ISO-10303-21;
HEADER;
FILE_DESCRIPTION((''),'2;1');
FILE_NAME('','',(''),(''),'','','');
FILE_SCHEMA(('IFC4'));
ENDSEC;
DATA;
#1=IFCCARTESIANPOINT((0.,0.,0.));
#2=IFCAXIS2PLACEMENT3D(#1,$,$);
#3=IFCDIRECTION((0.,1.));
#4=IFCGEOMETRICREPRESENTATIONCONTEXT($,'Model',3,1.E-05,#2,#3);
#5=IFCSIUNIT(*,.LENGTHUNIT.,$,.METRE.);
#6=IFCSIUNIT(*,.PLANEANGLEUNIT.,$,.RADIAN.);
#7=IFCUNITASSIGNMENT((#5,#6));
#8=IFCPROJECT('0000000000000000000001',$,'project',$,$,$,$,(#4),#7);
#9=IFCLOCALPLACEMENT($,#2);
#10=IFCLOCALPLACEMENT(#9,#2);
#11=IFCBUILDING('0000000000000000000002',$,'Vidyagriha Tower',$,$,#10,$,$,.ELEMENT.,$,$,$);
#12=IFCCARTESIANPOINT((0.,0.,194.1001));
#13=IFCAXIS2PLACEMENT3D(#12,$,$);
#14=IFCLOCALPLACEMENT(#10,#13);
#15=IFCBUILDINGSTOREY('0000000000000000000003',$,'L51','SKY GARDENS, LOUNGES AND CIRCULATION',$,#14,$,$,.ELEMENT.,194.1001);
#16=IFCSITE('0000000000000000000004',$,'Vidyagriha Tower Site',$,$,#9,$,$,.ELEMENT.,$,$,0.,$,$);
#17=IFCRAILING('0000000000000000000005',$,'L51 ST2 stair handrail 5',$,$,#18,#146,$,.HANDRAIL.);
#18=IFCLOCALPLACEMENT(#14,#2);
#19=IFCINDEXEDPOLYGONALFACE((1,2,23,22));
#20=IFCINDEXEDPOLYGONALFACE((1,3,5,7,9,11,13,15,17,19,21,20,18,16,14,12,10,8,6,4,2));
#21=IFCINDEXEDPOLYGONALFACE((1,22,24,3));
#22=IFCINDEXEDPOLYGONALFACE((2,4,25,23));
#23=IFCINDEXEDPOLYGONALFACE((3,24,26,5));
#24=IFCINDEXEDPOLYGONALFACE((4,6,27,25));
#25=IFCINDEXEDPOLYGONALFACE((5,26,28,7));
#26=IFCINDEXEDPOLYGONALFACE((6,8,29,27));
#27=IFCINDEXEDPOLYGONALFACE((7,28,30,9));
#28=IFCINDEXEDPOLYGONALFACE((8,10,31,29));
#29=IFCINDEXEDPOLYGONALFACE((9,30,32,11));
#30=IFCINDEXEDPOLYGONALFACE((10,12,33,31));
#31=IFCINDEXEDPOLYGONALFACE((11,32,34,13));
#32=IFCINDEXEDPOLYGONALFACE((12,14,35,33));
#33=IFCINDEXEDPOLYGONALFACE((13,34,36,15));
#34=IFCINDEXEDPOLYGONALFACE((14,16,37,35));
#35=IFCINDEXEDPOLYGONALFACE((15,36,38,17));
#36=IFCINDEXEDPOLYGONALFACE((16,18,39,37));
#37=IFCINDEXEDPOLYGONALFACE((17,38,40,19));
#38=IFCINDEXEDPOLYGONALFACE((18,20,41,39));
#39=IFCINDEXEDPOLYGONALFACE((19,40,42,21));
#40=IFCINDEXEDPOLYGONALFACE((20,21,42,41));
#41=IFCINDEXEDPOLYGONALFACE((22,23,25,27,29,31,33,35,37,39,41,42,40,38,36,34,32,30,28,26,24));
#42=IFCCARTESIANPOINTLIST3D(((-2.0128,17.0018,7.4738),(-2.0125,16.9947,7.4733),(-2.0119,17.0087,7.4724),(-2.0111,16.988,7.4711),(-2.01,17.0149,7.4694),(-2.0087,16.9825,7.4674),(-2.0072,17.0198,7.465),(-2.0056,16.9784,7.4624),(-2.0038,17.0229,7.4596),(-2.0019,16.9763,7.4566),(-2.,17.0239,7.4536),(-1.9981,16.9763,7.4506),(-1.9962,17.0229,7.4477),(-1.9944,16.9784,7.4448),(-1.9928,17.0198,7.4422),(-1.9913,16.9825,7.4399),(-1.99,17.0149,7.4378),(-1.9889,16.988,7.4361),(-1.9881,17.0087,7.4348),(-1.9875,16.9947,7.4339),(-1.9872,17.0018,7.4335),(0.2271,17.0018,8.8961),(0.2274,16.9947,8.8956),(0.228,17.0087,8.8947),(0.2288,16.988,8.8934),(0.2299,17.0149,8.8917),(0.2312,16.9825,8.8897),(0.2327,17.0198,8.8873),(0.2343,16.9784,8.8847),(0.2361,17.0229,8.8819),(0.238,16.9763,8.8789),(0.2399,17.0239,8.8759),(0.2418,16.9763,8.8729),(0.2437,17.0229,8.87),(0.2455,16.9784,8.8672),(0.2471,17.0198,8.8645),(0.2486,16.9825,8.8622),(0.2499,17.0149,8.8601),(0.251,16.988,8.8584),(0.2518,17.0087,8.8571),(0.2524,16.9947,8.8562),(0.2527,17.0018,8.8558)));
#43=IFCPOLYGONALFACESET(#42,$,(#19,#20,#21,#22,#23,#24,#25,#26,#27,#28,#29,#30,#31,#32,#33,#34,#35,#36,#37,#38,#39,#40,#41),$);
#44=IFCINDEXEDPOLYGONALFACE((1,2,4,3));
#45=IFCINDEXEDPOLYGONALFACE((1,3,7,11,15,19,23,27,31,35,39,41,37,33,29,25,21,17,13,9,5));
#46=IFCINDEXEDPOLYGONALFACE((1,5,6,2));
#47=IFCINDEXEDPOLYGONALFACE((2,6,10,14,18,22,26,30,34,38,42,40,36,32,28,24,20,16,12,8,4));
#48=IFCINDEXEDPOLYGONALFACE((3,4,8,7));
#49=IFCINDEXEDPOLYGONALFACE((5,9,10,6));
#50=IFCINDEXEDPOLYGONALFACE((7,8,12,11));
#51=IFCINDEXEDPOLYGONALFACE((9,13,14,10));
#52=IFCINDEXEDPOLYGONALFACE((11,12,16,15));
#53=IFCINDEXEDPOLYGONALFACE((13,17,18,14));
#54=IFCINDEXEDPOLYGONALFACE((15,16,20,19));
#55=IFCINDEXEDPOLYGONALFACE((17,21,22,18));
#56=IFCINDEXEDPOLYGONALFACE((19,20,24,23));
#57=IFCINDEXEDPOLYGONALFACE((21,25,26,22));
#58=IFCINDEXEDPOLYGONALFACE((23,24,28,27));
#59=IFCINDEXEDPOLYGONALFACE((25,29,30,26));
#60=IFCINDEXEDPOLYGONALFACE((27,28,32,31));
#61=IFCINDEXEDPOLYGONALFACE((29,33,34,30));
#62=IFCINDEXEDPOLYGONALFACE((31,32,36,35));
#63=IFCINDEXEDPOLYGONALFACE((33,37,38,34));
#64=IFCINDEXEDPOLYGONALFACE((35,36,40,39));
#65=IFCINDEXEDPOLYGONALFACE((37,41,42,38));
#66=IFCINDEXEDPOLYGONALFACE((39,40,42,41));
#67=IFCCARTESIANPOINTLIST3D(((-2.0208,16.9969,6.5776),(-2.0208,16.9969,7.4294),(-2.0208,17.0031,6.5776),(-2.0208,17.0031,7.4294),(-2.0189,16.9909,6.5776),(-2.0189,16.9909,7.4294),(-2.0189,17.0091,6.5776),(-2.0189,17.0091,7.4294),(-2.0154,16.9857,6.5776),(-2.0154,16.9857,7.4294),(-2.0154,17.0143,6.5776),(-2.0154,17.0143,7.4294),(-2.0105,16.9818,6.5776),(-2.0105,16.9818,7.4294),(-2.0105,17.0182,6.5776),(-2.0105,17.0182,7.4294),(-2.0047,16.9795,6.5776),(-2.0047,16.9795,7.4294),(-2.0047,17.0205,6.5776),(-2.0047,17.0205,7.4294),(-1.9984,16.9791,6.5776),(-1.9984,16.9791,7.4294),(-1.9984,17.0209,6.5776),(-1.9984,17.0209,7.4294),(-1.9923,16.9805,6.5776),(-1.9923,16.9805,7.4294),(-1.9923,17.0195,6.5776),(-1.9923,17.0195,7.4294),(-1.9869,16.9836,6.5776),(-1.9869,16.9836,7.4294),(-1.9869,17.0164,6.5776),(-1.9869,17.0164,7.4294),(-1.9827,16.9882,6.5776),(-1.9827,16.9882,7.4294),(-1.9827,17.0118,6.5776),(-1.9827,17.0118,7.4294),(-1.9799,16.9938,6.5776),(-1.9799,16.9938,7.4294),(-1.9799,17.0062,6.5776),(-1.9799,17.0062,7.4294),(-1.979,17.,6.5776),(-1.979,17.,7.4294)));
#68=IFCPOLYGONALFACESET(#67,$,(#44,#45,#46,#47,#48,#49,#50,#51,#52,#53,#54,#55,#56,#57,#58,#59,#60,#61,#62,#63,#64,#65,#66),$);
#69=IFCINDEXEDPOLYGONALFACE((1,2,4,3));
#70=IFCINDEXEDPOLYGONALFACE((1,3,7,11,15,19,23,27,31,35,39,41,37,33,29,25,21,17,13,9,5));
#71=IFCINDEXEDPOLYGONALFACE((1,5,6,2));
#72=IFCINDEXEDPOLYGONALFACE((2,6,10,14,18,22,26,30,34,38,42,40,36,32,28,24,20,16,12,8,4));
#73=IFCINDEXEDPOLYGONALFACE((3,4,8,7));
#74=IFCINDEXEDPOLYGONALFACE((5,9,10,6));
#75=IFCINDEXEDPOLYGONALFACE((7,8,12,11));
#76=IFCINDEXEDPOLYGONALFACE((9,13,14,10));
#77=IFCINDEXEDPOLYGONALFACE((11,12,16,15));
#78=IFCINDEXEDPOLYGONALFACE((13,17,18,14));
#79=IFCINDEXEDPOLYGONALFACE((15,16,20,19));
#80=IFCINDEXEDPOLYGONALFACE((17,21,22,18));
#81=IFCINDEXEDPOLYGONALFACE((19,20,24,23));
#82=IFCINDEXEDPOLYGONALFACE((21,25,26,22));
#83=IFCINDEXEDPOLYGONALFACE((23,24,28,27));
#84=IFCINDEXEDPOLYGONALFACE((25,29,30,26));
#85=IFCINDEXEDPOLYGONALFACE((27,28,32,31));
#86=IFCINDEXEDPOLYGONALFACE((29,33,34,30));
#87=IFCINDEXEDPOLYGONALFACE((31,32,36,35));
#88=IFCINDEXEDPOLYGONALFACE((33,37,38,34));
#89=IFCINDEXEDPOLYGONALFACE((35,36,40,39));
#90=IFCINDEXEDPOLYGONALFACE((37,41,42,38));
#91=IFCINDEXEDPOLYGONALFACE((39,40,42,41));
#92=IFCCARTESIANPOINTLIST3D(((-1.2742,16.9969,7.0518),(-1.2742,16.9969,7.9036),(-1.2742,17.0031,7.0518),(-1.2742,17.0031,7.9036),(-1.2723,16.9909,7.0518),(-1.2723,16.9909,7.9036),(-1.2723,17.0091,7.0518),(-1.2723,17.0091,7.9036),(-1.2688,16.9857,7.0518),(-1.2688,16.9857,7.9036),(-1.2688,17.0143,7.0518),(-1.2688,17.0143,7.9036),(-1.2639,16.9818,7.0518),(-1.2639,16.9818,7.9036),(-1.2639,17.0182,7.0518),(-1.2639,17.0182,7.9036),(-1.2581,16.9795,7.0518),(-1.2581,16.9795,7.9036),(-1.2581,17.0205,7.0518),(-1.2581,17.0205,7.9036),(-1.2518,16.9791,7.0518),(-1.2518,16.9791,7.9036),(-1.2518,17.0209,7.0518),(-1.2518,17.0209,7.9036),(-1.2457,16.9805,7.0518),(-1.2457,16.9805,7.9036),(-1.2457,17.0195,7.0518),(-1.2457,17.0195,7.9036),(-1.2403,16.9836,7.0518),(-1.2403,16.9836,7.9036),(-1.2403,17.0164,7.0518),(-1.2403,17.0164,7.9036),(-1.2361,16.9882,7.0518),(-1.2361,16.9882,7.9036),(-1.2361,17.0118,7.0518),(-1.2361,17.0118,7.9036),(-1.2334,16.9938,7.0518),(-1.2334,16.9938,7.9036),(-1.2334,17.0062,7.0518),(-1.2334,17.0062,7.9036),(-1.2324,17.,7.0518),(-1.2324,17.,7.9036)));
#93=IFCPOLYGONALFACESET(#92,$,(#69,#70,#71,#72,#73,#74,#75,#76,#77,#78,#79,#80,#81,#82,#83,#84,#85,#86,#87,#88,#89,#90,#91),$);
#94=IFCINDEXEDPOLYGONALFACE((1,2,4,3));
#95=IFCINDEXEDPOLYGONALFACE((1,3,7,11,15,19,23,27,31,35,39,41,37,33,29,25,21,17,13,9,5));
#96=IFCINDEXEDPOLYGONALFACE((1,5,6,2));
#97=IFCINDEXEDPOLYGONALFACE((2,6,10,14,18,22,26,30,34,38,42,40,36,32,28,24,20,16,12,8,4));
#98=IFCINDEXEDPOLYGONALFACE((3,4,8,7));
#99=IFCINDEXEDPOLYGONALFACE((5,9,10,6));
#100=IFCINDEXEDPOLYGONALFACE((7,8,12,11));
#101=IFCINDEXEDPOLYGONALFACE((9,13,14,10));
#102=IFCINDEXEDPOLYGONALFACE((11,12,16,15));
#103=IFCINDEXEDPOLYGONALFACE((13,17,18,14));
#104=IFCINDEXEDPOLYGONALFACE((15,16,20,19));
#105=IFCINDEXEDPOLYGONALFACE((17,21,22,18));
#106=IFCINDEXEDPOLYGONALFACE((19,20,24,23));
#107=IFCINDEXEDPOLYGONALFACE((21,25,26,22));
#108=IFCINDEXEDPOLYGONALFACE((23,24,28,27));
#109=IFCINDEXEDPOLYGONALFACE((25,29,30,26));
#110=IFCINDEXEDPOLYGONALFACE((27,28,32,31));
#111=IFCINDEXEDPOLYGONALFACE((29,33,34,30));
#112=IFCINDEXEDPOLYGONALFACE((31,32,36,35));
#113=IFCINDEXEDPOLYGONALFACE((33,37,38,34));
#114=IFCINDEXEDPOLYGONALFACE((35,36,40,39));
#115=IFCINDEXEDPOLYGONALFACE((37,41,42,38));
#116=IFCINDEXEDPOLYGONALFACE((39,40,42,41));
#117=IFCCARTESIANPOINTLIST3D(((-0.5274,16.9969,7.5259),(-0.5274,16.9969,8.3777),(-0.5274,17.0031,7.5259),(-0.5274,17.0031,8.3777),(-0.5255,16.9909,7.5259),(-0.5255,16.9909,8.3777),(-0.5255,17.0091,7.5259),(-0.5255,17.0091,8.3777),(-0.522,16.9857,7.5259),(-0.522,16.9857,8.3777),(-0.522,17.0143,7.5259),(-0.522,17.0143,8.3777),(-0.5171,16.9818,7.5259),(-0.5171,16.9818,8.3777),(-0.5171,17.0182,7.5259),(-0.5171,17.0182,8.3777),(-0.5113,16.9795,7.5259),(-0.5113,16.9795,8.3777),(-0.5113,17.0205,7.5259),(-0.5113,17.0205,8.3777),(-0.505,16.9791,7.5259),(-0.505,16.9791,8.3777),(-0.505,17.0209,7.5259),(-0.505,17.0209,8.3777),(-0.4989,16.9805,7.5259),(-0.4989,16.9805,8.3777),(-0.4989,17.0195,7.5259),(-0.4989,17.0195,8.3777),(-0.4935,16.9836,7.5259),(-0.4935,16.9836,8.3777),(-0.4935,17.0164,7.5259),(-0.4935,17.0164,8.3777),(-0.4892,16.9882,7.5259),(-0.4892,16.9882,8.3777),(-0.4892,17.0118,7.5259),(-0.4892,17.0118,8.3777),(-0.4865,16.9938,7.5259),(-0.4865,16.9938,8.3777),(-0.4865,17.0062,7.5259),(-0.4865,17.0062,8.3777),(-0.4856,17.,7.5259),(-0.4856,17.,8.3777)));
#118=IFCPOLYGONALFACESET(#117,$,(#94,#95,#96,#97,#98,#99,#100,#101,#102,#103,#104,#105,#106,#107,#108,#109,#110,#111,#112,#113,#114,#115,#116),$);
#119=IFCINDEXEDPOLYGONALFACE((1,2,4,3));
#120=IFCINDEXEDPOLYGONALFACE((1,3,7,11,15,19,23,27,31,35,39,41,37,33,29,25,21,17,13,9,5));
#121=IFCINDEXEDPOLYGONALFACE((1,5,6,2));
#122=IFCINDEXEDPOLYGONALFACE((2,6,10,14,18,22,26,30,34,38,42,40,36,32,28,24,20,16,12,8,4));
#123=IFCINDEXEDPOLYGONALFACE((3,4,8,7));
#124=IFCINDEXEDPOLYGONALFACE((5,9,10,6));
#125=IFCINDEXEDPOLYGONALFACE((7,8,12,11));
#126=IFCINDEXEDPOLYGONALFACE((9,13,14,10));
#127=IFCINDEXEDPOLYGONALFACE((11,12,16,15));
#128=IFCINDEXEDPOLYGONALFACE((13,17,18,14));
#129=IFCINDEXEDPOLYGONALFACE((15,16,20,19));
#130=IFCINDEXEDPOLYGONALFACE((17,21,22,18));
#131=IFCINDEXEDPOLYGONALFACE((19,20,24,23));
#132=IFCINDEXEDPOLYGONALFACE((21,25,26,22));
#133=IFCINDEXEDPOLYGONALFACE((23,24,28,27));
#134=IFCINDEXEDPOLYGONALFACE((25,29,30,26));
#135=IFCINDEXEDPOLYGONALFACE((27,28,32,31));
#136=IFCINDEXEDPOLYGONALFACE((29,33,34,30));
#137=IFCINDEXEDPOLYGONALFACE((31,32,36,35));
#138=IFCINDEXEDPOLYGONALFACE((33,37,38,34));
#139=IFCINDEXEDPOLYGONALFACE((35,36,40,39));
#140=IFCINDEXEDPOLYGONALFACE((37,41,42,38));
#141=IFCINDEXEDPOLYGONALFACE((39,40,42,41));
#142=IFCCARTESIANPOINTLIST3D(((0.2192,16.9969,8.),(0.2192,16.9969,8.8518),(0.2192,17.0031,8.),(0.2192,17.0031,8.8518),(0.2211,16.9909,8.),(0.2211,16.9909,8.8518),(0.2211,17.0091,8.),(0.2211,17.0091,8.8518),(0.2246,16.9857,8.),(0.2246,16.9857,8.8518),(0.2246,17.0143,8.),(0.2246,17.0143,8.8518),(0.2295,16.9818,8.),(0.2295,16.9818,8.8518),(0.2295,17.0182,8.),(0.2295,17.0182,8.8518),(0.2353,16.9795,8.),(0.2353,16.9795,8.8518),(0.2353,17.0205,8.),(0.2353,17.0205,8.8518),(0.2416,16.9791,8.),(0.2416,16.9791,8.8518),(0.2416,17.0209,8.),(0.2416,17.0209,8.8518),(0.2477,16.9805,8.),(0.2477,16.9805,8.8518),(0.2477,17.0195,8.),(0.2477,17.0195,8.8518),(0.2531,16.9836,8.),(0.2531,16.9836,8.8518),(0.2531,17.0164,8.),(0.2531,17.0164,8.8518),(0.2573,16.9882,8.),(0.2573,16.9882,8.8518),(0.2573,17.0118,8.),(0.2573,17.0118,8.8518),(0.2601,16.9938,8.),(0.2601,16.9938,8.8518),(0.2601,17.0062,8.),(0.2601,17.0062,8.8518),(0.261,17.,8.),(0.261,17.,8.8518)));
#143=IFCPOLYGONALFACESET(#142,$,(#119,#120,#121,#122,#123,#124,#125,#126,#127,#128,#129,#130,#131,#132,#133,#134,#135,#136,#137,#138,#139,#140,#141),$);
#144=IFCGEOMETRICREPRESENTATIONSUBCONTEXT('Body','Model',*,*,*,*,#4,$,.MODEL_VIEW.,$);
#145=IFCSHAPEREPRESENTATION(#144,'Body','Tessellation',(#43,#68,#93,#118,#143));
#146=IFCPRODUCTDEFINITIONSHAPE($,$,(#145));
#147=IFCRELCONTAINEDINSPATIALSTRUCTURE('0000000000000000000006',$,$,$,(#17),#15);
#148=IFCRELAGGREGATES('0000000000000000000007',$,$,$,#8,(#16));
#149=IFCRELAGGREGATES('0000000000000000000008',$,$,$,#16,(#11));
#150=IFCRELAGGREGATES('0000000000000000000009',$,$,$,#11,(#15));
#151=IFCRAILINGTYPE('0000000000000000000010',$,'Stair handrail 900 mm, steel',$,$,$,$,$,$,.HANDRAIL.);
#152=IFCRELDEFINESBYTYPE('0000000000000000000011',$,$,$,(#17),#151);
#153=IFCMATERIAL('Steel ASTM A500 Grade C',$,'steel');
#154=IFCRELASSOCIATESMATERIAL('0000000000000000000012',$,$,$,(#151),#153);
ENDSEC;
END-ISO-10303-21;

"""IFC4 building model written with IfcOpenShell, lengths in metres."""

from ifc_helpers import new_model, si_unit, direction, frame, origin, origin_2d, place, context, subcontext, project, spatial, circle, extrude, material, type_object, element, save


model = new_model("IFC4")

# Units and contexts
model_context = context("Model", 3, precision=1e-05, world=origin(), true_north=direction((0.0, 1.0)))
body_context = subcontext(model_context, "Body", "Model", "MODEL_VIEW")
ifc_project = project(units=[si_unit("LENGTHUNIT", "METRE"), si_unit("PLANEANGLEUNIT", "RADIAN")], contexts=[model_context])

# Site, building, storey
site_placement = place(None, origin())
site = spatial("IfcSite", under=ifc_project, at=site_placement, Name="Vidyagriha Tower Site", CompositionType="ELEMENT", RefElevation=0.0)
building_placement = place(site_placement, origin())
building = spatial("IfcBuilding", under=site, at=building_placement, Name="Vidyagriha Tower", CompositionType="ELEMENT")
storey_placement = place(building_placement, frame((0.0, 0.0, 194.1001)))
storey = spatial("IfcBuildingStorey", under=building, at=storey_placement, Name="L51", Description="SKY GARDENS, LOUNGES AND CIRCULATION", CompositionType="ELEMENT", Elevation=194.1001)

# Railing
ifc_material_1 = material(Name="Steel ASTM A500 Grade C", Category="steel")
railing_type_1 = type_object("IfcRailingType", Name="Stair handrail 900 mm, steel", PredefinedType="HANDRAIL", material=ifc_material_1)
railing_1_placement = place(storey_placement, frame((-2.0, 17.0, 6.5776)))
element("IfcRailing", 1, at=railing_1_placement, inside=storey, type_object=railing_type_1, Name="L51 ST2 stair handrail 5", PredefinedType="HANDRAIL", context=body_context, shape_type="SweptSolid", body=[
    extrude(circle(Radius=0.0239, at=origin_2d()), frame((0.0, 0.0, 0.876), z_axis=(0.844188, 0.0, 0.536048), x_axis=(0.0, 1.0, 0.0)), (0.0, 0.0, 1.0), 2.6533),
    extrude(circle(Radius=0.021, at=origin_2d()), origin(), (0.0, 0.0, 1.0), 0.8518),
    extrude(circle(Radius=0.021, at=origin_2d()), frame((0.7466, 0.0, 0.4741)), (0.0, 0.0, 1.0), 0.8518),
    extrude(circle(Radius=0.021, at=origin_2d()), frame((1.4934, 0.0, 0.9482)), (0.0, 0.0, 1.0), 0.8518),
    extrude(circle(Radius=0.021, at=origin_2d()), frame((2.24, 0.0, 1.4224)), (0.0, 0.0, 1.0), 0.8518),
])

save(model, "model.ifc")
